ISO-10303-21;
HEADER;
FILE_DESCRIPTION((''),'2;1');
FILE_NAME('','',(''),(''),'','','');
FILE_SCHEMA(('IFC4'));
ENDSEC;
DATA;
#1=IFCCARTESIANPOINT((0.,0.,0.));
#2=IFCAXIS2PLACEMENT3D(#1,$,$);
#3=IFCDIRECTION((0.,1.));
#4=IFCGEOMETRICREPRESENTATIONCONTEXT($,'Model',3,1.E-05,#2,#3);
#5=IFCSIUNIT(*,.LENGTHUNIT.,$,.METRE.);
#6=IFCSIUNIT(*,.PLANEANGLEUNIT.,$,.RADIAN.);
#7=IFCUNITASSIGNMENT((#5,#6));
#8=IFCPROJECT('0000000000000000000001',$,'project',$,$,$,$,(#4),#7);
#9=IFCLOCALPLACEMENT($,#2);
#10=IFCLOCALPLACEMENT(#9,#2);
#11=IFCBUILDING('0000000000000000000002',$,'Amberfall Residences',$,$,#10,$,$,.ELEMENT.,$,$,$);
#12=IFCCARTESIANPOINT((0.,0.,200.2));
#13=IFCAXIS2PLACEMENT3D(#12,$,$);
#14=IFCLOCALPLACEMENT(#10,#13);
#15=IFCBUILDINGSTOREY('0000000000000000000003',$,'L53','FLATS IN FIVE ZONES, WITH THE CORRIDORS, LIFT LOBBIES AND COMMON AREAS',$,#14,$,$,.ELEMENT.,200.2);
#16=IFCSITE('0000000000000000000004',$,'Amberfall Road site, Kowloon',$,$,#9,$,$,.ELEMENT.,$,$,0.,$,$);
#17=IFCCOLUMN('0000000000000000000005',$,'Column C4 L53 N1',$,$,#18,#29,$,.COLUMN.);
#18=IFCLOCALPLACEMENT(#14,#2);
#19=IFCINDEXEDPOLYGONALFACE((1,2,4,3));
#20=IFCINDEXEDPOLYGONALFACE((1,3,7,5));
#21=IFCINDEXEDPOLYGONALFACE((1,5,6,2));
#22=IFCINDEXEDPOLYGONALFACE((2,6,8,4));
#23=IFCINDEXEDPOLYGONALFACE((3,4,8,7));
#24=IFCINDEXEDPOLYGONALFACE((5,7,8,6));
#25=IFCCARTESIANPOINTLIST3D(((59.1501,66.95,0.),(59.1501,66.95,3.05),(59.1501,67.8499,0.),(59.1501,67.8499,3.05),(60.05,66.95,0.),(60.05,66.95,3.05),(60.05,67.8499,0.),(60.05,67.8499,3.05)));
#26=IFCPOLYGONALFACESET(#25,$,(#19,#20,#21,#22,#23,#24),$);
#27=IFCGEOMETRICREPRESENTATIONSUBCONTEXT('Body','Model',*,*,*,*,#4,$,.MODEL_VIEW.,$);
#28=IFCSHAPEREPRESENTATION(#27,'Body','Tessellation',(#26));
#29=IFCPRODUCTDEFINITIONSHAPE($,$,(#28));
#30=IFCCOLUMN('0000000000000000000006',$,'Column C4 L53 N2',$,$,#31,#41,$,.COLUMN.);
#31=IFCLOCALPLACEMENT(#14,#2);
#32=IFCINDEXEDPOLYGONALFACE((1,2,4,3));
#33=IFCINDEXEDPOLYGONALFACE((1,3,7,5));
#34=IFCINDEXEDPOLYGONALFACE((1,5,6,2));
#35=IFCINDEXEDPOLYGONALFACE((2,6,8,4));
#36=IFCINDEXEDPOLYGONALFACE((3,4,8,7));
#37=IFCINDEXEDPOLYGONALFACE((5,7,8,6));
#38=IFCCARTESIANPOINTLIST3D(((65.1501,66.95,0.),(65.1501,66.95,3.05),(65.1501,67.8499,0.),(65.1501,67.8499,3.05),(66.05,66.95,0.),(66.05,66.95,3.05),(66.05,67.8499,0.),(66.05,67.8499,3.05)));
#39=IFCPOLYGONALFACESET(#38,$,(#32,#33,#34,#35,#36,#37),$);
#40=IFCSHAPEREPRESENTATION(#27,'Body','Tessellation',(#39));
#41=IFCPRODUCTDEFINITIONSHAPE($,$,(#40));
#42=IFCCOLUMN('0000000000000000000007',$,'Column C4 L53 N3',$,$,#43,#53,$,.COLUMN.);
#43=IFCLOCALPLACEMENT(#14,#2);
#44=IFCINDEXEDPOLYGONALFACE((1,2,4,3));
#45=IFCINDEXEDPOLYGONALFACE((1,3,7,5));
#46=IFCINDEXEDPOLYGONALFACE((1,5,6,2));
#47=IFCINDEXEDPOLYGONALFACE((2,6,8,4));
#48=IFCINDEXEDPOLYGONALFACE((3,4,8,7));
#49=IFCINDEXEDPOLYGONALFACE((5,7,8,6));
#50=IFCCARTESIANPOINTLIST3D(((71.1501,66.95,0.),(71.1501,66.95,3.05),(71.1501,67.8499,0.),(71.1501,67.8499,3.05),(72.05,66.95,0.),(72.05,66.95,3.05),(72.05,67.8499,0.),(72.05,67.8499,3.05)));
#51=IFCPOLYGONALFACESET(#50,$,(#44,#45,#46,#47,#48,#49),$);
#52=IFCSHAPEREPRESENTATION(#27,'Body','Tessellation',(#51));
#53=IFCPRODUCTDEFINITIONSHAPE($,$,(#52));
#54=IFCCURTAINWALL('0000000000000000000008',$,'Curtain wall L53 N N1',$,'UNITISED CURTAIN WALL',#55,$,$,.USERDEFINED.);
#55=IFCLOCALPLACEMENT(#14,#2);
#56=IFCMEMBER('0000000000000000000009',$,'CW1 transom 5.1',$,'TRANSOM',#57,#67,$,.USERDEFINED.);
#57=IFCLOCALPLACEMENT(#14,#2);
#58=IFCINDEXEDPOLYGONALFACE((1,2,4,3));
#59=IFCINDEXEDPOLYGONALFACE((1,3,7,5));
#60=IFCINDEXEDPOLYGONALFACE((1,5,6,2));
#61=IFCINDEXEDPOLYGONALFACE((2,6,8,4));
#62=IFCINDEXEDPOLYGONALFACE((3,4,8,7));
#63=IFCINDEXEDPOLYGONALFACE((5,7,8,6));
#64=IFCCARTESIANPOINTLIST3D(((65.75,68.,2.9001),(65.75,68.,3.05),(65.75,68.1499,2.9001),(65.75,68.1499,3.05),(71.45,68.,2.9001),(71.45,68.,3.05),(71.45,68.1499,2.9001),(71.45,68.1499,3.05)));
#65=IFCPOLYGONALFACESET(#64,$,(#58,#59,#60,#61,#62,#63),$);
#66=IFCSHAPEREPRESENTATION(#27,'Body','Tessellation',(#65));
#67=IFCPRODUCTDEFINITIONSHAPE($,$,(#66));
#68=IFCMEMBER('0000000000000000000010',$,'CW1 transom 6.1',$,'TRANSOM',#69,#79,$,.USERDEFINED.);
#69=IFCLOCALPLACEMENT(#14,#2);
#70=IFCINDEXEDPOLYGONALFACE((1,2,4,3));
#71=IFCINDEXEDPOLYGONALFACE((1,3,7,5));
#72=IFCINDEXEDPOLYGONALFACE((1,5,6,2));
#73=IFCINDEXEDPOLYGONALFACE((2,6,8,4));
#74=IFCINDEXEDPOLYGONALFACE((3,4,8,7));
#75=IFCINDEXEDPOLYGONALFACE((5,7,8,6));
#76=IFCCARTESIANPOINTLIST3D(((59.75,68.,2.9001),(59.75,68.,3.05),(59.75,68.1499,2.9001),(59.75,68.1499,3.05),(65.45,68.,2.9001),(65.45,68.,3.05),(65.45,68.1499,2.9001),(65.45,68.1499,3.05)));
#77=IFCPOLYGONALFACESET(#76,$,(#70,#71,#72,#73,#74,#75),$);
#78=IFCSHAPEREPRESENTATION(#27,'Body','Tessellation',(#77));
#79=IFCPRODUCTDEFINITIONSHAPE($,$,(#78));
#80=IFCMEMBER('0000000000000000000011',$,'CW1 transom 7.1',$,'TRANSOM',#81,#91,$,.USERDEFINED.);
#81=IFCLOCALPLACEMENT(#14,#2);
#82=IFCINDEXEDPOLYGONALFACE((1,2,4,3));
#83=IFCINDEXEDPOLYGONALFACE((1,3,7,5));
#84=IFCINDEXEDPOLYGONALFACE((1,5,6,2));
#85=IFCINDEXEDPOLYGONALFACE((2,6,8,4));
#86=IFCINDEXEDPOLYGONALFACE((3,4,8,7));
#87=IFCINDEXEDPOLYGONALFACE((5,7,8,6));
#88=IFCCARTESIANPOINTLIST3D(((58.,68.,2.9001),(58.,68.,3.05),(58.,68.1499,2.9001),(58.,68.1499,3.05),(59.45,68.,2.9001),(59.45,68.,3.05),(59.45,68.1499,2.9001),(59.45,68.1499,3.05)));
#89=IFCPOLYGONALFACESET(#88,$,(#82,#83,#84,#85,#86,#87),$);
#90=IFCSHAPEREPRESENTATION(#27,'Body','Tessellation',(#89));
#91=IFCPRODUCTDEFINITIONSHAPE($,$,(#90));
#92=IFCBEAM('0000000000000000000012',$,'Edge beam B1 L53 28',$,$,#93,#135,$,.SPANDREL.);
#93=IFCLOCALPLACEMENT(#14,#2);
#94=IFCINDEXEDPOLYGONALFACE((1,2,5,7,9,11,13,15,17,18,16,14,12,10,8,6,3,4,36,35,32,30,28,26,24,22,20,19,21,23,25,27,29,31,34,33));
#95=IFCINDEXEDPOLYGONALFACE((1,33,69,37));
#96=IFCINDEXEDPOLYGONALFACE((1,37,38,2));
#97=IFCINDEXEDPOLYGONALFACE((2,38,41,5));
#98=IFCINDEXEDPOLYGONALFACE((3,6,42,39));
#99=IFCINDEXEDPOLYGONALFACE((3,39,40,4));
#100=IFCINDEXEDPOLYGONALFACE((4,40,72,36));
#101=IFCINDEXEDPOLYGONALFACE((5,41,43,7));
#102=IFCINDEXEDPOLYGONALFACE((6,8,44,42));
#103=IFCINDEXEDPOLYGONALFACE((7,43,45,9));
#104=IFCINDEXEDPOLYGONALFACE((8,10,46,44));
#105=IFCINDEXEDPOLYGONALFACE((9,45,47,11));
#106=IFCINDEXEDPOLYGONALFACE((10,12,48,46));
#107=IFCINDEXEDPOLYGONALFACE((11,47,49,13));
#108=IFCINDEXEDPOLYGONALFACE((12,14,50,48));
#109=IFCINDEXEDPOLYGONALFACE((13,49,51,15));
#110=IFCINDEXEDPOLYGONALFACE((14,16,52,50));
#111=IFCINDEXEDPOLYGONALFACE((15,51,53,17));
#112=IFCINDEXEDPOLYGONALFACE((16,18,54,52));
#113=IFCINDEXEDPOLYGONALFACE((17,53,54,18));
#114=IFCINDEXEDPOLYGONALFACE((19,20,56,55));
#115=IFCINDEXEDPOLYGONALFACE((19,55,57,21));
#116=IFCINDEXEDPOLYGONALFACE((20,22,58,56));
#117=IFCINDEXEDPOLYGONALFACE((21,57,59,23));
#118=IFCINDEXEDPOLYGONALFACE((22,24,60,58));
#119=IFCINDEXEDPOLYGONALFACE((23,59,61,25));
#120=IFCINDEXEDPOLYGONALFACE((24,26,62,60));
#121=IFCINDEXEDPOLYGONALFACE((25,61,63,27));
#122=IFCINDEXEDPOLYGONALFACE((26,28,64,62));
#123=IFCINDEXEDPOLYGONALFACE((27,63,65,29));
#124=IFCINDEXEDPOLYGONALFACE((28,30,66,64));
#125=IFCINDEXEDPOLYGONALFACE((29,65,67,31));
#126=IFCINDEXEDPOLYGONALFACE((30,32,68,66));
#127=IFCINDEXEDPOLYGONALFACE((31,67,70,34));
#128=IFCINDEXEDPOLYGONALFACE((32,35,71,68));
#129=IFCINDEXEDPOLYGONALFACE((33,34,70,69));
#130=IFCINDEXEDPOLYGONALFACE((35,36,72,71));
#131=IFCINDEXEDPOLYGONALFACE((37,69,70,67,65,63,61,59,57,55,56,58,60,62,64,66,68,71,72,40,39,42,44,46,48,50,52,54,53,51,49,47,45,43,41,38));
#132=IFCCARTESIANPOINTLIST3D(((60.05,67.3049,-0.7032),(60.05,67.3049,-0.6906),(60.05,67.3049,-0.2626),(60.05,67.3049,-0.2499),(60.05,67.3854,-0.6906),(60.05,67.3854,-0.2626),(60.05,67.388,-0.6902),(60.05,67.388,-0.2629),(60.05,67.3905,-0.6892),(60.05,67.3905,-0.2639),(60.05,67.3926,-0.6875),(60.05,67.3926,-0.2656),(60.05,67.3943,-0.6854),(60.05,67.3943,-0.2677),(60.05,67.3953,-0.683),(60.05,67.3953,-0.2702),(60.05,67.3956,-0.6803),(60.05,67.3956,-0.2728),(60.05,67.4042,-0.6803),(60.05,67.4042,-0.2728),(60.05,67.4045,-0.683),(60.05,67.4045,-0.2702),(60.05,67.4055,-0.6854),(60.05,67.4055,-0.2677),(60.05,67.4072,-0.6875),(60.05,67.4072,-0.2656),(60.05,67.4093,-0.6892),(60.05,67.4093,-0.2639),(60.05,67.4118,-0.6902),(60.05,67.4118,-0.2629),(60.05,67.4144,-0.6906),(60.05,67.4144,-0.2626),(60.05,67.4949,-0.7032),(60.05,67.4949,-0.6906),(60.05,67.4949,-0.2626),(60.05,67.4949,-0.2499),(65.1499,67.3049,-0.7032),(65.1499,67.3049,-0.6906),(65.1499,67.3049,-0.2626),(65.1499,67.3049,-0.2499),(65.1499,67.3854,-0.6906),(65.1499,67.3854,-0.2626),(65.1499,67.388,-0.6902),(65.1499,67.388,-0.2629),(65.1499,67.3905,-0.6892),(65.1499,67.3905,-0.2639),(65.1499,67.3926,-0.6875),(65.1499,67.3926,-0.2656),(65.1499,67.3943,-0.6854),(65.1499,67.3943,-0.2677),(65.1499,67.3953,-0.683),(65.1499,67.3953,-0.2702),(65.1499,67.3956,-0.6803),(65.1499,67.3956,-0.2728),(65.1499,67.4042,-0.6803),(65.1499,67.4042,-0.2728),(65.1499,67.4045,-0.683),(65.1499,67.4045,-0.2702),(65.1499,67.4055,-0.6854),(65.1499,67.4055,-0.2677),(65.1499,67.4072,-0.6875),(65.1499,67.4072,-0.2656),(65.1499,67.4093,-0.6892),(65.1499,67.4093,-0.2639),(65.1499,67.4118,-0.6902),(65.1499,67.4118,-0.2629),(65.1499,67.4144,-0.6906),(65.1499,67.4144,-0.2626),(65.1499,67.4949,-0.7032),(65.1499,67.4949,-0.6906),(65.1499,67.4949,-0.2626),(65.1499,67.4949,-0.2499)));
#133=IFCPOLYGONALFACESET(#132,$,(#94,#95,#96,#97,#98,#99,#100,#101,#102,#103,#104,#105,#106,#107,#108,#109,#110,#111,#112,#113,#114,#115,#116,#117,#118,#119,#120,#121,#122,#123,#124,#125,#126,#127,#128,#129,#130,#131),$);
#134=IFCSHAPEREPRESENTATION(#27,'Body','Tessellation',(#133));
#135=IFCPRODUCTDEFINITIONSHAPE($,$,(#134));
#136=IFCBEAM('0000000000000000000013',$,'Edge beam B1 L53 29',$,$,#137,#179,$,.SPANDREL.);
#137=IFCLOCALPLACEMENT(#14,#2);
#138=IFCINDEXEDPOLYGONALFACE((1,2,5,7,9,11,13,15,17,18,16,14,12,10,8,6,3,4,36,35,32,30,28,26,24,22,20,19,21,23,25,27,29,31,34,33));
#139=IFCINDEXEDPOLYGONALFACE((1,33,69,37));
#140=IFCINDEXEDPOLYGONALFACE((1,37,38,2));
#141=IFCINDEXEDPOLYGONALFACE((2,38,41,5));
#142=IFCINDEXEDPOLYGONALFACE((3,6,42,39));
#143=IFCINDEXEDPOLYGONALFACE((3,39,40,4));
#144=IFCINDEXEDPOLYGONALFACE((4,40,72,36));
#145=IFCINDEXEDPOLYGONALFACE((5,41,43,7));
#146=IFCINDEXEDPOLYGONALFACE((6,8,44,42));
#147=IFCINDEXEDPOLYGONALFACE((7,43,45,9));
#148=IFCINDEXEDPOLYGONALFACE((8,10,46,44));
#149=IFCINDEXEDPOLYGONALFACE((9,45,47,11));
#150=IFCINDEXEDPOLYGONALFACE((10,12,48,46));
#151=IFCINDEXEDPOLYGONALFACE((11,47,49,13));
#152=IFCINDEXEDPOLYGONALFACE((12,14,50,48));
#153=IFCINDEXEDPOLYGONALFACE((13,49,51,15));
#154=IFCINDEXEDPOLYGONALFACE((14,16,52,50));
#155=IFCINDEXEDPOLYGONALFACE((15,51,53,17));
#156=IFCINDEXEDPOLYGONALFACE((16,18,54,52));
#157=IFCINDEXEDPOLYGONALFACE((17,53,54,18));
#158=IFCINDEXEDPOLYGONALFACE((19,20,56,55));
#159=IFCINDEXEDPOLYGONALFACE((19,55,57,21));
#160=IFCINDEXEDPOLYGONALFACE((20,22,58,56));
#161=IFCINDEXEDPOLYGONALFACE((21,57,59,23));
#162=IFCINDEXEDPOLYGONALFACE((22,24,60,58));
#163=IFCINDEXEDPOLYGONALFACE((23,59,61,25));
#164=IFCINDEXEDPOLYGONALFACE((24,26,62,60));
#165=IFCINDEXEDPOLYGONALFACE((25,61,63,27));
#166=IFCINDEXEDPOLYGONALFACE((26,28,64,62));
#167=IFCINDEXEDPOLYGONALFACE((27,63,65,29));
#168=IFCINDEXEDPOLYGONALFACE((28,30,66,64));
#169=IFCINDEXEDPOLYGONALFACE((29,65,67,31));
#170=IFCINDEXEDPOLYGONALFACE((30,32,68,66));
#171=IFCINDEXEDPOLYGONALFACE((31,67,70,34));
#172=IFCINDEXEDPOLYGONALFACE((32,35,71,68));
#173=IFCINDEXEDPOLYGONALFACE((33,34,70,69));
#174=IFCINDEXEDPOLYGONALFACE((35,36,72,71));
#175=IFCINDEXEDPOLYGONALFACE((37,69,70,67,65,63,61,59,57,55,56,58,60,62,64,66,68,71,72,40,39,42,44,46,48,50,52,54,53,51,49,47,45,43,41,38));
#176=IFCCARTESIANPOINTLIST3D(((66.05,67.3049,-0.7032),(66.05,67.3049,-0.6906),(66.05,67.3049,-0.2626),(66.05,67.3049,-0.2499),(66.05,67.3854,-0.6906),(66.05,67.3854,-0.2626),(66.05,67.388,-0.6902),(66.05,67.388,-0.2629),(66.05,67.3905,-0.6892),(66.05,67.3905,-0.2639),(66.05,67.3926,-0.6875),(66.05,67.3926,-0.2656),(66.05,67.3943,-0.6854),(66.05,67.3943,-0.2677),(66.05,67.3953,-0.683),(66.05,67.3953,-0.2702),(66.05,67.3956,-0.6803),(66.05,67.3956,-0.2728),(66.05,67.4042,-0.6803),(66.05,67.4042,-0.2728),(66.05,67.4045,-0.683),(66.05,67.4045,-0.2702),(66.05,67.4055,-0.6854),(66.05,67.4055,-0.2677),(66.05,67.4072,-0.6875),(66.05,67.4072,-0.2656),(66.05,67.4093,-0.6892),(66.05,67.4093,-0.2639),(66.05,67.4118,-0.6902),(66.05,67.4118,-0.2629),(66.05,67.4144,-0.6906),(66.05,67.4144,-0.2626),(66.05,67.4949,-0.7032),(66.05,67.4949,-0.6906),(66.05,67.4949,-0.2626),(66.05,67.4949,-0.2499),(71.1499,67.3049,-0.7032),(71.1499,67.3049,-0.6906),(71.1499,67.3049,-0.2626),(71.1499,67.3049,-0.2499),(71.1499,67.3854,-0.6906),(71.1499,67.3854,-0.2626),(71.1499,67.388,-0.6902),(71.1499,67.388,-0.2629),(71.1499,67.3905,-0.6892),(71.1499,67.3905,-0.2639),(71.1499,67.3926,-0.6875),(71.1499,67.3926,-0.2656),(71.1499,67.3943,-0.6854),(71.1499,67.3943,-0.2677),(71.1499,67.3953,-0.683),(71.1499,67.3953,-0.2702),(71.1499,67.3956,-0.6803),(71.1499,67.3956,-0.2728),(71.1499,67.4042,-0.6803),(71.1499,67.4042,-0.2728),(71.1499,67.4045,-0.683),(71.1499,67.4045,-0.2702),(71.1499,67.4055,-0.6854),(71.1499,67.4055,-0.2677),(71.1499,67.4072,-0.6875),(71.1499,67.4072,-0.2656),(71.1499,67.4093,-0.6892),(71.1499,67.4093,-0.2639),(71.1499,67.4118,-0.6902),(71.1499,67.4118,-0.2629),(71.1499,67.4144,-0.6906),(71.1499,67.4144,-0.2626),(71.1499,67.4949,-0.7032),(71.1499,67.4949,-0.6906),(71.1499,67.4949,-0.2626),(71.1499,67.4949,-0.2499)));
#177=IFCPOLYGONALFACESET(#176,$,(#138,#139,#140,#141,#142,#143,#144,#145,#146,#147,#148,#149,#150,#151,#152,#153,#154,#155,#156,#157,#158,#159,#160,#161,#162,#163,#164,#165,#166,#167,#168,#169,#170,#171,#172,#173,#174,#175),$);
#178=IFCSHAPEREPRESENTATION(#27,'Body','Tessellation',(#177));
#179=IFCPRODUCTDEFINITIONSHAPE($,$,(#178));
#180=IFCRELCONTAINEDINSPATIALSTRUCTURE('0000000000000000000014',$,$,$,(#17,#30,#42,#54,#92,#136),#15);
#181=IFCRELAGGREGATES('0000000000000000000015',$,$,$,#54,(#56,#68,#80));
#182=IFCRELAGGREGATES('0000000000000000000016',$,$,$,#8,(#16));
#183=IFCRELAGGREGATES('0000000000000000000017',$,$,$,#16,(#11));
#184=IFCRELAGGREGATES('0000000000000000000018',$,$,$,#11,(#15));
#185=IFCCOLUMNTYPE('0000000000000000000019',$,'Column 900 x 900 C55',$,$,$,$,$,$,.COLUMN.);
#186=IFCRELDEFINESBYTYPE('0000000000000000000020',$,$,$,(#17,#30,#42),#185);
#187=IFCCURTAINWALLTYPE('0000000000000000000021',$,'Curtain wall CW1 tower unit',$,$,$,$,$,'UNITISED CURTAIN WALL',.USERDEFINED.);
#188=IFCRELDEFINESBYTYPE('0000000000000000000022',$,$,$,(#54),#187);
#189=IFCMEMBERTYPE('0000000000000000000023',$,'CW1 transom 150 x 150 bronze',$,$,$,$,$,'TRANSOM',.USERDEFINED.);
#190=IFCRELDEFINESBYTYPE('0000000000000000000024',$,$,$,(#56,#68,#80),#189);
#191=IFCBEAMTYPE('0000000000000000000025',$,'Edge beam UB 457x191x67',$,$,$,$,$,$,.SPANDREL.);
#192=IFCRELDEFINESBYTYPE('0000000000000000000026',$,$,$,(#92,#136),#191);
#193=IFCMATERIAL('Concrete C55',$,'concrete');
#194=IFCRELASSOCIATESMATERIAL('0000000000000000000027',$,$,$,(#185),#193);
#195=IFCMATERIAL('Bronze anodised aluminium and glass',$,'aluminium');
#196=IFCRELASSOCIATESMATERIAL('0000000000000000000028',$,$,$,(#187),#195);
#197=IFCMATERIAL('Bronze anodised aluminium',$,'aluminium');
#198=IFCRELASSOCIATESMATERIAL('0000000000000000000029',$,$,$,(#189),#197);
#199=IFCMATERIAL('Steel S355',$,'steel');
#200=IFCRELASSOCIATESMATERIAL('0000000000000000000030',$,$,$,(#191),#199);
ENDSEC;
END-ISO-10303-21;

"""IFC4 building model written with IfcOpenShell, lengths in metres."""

from ifc_helpers import new_model, si_unit, direction, frame, origin, origin_2d, place, context, subcontext, project, spatial, rectangle, i_section, extrude, material, material_profile, profile_set, type_object, element, aggregate, save


model = new_model("IFC4")

# Units and contexts
model_context = context("Model", 3, precision=1e-05, world=origin(), true_north=direction((0.0, 1.0)))
body_context = subcontext(model_context, "Body", "Model", "MODEL_VIEW")
ifc_project = project(units=[si_unit("LENGTHUNIT", "METRE"), si_unit("PLANEANGLEUNIT", "RADIAN")], contexts=[model_context])

# Site, building, storey
site_placement = place(None, origin())
site = spatial("IfcSite", under=ifc_project, at=site_placement, Name="Amberfall Road site, Kowloon", CompositionType="ELEMENT", RefElevation=0.0)
building_placement = place(site_placement, origin())
building = spatial("IfcBuilding", under=site, at=building_placement, Name="Amberfall Residences", CompositionType="ELEMENT")
storey_placement = place(building_placement, frame((0.0, 0.0, 200.2)))
storey = spatial("IfcBuildingStorey", under=building, at=storey_placement, Name="L53", Description="FLATS IN FIVE ZONES, WITH THE CORRIDORS, LIFT LOBBIES AND COMMON AREAS", CompositionType="ELEMENT", Elevation=200.2)

# Columns
ifc_material_1 = material(Name="Concrete C55", Category="concrete")
ifc_material_profile_1 = material_profile(ifc_material_1, rectangle(XDim=0.8999, YDim=0.8999, at=origin_2d()), Name="Column 900 x 900 C55")
ifc_profile_set_1 = profile_set([ifc_material_profile_1], Name="Concrete C55")
column_type = type_object("IfcColumnType", Name="Column 900 x 900 C55", PredefinedType="COLUMN", material=ifc_profile_set_1)
for number, where, z_axis, x_axis, name in (
    (1, (59.6001, 67.3999, 0.0), (0.0, 0.0, 1.0), (1.0, 0.0, 0.0), "Column C4 L53 N1"),
    (2, (65.6001, 67.3999, 0.0), (0.0, 0.0, 1.0), (1.0, 0.0, 0.0), "Column C4 L53 N2"),
    (3, (71.6001, 67.3999, 0.0), (0.0, 0.0, 1.0), (1.0, 0.0, 0.0), "Column C4 L53 N3"),
):
    element("IfcColumn", number, at=place(storey_placement, frame(where, z_axis=z_axis, x_axis=x_axis)), inside=storey, type_object=column_type, Name=name, PredefinedType="COLUMN", context=body_context, shape_type="SweptSolid", body=[
        extrude(rectangle(XDim=0.8999, YDim=0.8999, at=origin_2d()), origin(), (0.0, 0.0, 1.0), 3.05),
    ])

# Curtain wall, members
ifc_material_2 = material(Name="Bronze anodised aluminium and glass", Category="aluminium")
curtain_wall_type = type_object("IfcCurtainWallType", Name="Curtain wall CW1 tower unit", ElementType="UNITISED CURTAIN WALL", PredefinedType="USERDEFINED", material=ifc_material_2)
curtain_wall_placement = place(storey_placement, origin())
curtain_wall = element("IfcCurtainWall", 4, at=curtain_wall_placement, inside=storey, type_object=curtain_wall_type, Name="Curtain wall L53 N N1", ObjectType="UNITISED CURTAIN WALL", PredefinedType="USERDEFINED")
ifc_material_3 = material(Name="Bronze anodised aluminium", Category="aluminium")
ifc_material_profile_2 = material_profile(ifc_material_3, rectangle(XDim=0.1499, YDim=0.1499, at=origin_2d()), Name="CW1 transom 150 x 150 bronze")
ifc_profile_set_2 = profile_set([ifc_material_profile_2], Name="Bronze anodised aluminium")
member_type_1 = type_object("IfcMemberType", Name="CW1 transom 150 x 150 bronze", ElementType="TRANSOM", PredefinedType="USERDEFINED", material=ifc_profile_set_2)
member_1_placement = place(storey_placement, frame((71.45, 68.075, 2.9751), z_axis=(-1.0, 0.0, 0.0), x_axis=(0.0, -1.0, 0.0)))
member_1 = element("IfcMember", 5, at=member_1_placement, type_object=member_type_1, Name="CW1 transom 5.1", ObjectType="TRANSOM", PredefinedType="USERDEFINED", context=body_context, shape_type="SweptSolid", body=[
    extrude(rectangle(XDim=0.1499, YDim=0.1499, at=origin_2d()), origin(), (0.0, 0.0, 1.0), 5.7),
])
member_2_placement = place(storey_placement, frame((65.45, 68.075, 2.9751), z_axis=(-1.0, 0.0, 0.0), x_axis=(0.0, -1.0, 0.0)))
member_2 = element("IfcMember", 6, at=member_2_placement, type_object=member_type_1, Name="CW1 transom 6.1", ObjectType="TRANSOM", PredefinedType="USERDEFINED", context=body_context, shape_type="SweptSolid", body=[
    extrude(rectangle(XDim=0.1499, YDim=0.1499, at=origin_2d()), origin(), (0.0, 0.0, 1.0), 5.7),
])
member_3_placement = place(storey_placement, frame((59.45, 68.075, 2.9751), z_axis=(-1.0, 0.0, 0.0), x_axis=(0.0, -1.0, 0.0)))
member_3 = element("IfcMember", 7, at=member_3_placement, type_object=member_type_1, Name="CW1 transom 7.1", ObjectType="TRANSOM", PredefinedType="USERDEFINED", context=body_context, shape_type="SweptSolid", body=[
    extrude(rectangle(XDim=0.1499, YDim=0.1499, at=origin_2d()), origin(), (0.0, 0.0, 1.0), 1.45),
])

# Beams
ifc_material_4 = material(Name="Steel S355", Category="steel")
ifc_material_profile_3 = material_profile(ifc_material_4, i_section(OverallWidth=0.1899, OverallDepth=0.4534, WebThickness=0.0085, FlangeThickness=0.0127, FilletRadius=0.0103, at=origin_2d()), Name="UB 457x191x67")
ifc_profile_set_3 = profile_set([ifc_material_profile_3], Name="Steel S355")
beam_type_1 = type_object("IfcBeamType", Name="Edge beam UB 457x191x67", PredefinedType="SPANDREL", material=ifc_profile_set_3)
for number, where, z_axis, x_axis, name in (
    (8, (60.05, 67.3999, -0.4766), (1.0, 0.0, 0.0), (0.0, 1.0, 0.0), "Edge beam B1 L53 28"),
    (9, (66.05, 67.3999, -0.4766), (1.0, 0.0, 0.0), (0.0, 1.0, 0.0), "Edge beam B1 L53 29"),
):
    element("IfcBeam", number, at=place(storey_placement, frame(where, z_axis=z_axis, x_axis=x_axis)), inside=storey, type_object=beam_type_1, Name=name, PredefinedType="SPANDREL", context=body_context, shape_type="SweptSolid", body=[
        extrude(i_section(OverallWidth=0.1899, OverallDepth=0.4534, WebThickness=0.0085, FlangeThickness=0.0127, FilletRadius=0.0103, at=origin_2d()), origin(), (0.0, 0.0, 1.0), 5.0999),
    ])

aggregate(curtain_wall, [member_1, member_2, member_3])

save(model, "model.ifc")
